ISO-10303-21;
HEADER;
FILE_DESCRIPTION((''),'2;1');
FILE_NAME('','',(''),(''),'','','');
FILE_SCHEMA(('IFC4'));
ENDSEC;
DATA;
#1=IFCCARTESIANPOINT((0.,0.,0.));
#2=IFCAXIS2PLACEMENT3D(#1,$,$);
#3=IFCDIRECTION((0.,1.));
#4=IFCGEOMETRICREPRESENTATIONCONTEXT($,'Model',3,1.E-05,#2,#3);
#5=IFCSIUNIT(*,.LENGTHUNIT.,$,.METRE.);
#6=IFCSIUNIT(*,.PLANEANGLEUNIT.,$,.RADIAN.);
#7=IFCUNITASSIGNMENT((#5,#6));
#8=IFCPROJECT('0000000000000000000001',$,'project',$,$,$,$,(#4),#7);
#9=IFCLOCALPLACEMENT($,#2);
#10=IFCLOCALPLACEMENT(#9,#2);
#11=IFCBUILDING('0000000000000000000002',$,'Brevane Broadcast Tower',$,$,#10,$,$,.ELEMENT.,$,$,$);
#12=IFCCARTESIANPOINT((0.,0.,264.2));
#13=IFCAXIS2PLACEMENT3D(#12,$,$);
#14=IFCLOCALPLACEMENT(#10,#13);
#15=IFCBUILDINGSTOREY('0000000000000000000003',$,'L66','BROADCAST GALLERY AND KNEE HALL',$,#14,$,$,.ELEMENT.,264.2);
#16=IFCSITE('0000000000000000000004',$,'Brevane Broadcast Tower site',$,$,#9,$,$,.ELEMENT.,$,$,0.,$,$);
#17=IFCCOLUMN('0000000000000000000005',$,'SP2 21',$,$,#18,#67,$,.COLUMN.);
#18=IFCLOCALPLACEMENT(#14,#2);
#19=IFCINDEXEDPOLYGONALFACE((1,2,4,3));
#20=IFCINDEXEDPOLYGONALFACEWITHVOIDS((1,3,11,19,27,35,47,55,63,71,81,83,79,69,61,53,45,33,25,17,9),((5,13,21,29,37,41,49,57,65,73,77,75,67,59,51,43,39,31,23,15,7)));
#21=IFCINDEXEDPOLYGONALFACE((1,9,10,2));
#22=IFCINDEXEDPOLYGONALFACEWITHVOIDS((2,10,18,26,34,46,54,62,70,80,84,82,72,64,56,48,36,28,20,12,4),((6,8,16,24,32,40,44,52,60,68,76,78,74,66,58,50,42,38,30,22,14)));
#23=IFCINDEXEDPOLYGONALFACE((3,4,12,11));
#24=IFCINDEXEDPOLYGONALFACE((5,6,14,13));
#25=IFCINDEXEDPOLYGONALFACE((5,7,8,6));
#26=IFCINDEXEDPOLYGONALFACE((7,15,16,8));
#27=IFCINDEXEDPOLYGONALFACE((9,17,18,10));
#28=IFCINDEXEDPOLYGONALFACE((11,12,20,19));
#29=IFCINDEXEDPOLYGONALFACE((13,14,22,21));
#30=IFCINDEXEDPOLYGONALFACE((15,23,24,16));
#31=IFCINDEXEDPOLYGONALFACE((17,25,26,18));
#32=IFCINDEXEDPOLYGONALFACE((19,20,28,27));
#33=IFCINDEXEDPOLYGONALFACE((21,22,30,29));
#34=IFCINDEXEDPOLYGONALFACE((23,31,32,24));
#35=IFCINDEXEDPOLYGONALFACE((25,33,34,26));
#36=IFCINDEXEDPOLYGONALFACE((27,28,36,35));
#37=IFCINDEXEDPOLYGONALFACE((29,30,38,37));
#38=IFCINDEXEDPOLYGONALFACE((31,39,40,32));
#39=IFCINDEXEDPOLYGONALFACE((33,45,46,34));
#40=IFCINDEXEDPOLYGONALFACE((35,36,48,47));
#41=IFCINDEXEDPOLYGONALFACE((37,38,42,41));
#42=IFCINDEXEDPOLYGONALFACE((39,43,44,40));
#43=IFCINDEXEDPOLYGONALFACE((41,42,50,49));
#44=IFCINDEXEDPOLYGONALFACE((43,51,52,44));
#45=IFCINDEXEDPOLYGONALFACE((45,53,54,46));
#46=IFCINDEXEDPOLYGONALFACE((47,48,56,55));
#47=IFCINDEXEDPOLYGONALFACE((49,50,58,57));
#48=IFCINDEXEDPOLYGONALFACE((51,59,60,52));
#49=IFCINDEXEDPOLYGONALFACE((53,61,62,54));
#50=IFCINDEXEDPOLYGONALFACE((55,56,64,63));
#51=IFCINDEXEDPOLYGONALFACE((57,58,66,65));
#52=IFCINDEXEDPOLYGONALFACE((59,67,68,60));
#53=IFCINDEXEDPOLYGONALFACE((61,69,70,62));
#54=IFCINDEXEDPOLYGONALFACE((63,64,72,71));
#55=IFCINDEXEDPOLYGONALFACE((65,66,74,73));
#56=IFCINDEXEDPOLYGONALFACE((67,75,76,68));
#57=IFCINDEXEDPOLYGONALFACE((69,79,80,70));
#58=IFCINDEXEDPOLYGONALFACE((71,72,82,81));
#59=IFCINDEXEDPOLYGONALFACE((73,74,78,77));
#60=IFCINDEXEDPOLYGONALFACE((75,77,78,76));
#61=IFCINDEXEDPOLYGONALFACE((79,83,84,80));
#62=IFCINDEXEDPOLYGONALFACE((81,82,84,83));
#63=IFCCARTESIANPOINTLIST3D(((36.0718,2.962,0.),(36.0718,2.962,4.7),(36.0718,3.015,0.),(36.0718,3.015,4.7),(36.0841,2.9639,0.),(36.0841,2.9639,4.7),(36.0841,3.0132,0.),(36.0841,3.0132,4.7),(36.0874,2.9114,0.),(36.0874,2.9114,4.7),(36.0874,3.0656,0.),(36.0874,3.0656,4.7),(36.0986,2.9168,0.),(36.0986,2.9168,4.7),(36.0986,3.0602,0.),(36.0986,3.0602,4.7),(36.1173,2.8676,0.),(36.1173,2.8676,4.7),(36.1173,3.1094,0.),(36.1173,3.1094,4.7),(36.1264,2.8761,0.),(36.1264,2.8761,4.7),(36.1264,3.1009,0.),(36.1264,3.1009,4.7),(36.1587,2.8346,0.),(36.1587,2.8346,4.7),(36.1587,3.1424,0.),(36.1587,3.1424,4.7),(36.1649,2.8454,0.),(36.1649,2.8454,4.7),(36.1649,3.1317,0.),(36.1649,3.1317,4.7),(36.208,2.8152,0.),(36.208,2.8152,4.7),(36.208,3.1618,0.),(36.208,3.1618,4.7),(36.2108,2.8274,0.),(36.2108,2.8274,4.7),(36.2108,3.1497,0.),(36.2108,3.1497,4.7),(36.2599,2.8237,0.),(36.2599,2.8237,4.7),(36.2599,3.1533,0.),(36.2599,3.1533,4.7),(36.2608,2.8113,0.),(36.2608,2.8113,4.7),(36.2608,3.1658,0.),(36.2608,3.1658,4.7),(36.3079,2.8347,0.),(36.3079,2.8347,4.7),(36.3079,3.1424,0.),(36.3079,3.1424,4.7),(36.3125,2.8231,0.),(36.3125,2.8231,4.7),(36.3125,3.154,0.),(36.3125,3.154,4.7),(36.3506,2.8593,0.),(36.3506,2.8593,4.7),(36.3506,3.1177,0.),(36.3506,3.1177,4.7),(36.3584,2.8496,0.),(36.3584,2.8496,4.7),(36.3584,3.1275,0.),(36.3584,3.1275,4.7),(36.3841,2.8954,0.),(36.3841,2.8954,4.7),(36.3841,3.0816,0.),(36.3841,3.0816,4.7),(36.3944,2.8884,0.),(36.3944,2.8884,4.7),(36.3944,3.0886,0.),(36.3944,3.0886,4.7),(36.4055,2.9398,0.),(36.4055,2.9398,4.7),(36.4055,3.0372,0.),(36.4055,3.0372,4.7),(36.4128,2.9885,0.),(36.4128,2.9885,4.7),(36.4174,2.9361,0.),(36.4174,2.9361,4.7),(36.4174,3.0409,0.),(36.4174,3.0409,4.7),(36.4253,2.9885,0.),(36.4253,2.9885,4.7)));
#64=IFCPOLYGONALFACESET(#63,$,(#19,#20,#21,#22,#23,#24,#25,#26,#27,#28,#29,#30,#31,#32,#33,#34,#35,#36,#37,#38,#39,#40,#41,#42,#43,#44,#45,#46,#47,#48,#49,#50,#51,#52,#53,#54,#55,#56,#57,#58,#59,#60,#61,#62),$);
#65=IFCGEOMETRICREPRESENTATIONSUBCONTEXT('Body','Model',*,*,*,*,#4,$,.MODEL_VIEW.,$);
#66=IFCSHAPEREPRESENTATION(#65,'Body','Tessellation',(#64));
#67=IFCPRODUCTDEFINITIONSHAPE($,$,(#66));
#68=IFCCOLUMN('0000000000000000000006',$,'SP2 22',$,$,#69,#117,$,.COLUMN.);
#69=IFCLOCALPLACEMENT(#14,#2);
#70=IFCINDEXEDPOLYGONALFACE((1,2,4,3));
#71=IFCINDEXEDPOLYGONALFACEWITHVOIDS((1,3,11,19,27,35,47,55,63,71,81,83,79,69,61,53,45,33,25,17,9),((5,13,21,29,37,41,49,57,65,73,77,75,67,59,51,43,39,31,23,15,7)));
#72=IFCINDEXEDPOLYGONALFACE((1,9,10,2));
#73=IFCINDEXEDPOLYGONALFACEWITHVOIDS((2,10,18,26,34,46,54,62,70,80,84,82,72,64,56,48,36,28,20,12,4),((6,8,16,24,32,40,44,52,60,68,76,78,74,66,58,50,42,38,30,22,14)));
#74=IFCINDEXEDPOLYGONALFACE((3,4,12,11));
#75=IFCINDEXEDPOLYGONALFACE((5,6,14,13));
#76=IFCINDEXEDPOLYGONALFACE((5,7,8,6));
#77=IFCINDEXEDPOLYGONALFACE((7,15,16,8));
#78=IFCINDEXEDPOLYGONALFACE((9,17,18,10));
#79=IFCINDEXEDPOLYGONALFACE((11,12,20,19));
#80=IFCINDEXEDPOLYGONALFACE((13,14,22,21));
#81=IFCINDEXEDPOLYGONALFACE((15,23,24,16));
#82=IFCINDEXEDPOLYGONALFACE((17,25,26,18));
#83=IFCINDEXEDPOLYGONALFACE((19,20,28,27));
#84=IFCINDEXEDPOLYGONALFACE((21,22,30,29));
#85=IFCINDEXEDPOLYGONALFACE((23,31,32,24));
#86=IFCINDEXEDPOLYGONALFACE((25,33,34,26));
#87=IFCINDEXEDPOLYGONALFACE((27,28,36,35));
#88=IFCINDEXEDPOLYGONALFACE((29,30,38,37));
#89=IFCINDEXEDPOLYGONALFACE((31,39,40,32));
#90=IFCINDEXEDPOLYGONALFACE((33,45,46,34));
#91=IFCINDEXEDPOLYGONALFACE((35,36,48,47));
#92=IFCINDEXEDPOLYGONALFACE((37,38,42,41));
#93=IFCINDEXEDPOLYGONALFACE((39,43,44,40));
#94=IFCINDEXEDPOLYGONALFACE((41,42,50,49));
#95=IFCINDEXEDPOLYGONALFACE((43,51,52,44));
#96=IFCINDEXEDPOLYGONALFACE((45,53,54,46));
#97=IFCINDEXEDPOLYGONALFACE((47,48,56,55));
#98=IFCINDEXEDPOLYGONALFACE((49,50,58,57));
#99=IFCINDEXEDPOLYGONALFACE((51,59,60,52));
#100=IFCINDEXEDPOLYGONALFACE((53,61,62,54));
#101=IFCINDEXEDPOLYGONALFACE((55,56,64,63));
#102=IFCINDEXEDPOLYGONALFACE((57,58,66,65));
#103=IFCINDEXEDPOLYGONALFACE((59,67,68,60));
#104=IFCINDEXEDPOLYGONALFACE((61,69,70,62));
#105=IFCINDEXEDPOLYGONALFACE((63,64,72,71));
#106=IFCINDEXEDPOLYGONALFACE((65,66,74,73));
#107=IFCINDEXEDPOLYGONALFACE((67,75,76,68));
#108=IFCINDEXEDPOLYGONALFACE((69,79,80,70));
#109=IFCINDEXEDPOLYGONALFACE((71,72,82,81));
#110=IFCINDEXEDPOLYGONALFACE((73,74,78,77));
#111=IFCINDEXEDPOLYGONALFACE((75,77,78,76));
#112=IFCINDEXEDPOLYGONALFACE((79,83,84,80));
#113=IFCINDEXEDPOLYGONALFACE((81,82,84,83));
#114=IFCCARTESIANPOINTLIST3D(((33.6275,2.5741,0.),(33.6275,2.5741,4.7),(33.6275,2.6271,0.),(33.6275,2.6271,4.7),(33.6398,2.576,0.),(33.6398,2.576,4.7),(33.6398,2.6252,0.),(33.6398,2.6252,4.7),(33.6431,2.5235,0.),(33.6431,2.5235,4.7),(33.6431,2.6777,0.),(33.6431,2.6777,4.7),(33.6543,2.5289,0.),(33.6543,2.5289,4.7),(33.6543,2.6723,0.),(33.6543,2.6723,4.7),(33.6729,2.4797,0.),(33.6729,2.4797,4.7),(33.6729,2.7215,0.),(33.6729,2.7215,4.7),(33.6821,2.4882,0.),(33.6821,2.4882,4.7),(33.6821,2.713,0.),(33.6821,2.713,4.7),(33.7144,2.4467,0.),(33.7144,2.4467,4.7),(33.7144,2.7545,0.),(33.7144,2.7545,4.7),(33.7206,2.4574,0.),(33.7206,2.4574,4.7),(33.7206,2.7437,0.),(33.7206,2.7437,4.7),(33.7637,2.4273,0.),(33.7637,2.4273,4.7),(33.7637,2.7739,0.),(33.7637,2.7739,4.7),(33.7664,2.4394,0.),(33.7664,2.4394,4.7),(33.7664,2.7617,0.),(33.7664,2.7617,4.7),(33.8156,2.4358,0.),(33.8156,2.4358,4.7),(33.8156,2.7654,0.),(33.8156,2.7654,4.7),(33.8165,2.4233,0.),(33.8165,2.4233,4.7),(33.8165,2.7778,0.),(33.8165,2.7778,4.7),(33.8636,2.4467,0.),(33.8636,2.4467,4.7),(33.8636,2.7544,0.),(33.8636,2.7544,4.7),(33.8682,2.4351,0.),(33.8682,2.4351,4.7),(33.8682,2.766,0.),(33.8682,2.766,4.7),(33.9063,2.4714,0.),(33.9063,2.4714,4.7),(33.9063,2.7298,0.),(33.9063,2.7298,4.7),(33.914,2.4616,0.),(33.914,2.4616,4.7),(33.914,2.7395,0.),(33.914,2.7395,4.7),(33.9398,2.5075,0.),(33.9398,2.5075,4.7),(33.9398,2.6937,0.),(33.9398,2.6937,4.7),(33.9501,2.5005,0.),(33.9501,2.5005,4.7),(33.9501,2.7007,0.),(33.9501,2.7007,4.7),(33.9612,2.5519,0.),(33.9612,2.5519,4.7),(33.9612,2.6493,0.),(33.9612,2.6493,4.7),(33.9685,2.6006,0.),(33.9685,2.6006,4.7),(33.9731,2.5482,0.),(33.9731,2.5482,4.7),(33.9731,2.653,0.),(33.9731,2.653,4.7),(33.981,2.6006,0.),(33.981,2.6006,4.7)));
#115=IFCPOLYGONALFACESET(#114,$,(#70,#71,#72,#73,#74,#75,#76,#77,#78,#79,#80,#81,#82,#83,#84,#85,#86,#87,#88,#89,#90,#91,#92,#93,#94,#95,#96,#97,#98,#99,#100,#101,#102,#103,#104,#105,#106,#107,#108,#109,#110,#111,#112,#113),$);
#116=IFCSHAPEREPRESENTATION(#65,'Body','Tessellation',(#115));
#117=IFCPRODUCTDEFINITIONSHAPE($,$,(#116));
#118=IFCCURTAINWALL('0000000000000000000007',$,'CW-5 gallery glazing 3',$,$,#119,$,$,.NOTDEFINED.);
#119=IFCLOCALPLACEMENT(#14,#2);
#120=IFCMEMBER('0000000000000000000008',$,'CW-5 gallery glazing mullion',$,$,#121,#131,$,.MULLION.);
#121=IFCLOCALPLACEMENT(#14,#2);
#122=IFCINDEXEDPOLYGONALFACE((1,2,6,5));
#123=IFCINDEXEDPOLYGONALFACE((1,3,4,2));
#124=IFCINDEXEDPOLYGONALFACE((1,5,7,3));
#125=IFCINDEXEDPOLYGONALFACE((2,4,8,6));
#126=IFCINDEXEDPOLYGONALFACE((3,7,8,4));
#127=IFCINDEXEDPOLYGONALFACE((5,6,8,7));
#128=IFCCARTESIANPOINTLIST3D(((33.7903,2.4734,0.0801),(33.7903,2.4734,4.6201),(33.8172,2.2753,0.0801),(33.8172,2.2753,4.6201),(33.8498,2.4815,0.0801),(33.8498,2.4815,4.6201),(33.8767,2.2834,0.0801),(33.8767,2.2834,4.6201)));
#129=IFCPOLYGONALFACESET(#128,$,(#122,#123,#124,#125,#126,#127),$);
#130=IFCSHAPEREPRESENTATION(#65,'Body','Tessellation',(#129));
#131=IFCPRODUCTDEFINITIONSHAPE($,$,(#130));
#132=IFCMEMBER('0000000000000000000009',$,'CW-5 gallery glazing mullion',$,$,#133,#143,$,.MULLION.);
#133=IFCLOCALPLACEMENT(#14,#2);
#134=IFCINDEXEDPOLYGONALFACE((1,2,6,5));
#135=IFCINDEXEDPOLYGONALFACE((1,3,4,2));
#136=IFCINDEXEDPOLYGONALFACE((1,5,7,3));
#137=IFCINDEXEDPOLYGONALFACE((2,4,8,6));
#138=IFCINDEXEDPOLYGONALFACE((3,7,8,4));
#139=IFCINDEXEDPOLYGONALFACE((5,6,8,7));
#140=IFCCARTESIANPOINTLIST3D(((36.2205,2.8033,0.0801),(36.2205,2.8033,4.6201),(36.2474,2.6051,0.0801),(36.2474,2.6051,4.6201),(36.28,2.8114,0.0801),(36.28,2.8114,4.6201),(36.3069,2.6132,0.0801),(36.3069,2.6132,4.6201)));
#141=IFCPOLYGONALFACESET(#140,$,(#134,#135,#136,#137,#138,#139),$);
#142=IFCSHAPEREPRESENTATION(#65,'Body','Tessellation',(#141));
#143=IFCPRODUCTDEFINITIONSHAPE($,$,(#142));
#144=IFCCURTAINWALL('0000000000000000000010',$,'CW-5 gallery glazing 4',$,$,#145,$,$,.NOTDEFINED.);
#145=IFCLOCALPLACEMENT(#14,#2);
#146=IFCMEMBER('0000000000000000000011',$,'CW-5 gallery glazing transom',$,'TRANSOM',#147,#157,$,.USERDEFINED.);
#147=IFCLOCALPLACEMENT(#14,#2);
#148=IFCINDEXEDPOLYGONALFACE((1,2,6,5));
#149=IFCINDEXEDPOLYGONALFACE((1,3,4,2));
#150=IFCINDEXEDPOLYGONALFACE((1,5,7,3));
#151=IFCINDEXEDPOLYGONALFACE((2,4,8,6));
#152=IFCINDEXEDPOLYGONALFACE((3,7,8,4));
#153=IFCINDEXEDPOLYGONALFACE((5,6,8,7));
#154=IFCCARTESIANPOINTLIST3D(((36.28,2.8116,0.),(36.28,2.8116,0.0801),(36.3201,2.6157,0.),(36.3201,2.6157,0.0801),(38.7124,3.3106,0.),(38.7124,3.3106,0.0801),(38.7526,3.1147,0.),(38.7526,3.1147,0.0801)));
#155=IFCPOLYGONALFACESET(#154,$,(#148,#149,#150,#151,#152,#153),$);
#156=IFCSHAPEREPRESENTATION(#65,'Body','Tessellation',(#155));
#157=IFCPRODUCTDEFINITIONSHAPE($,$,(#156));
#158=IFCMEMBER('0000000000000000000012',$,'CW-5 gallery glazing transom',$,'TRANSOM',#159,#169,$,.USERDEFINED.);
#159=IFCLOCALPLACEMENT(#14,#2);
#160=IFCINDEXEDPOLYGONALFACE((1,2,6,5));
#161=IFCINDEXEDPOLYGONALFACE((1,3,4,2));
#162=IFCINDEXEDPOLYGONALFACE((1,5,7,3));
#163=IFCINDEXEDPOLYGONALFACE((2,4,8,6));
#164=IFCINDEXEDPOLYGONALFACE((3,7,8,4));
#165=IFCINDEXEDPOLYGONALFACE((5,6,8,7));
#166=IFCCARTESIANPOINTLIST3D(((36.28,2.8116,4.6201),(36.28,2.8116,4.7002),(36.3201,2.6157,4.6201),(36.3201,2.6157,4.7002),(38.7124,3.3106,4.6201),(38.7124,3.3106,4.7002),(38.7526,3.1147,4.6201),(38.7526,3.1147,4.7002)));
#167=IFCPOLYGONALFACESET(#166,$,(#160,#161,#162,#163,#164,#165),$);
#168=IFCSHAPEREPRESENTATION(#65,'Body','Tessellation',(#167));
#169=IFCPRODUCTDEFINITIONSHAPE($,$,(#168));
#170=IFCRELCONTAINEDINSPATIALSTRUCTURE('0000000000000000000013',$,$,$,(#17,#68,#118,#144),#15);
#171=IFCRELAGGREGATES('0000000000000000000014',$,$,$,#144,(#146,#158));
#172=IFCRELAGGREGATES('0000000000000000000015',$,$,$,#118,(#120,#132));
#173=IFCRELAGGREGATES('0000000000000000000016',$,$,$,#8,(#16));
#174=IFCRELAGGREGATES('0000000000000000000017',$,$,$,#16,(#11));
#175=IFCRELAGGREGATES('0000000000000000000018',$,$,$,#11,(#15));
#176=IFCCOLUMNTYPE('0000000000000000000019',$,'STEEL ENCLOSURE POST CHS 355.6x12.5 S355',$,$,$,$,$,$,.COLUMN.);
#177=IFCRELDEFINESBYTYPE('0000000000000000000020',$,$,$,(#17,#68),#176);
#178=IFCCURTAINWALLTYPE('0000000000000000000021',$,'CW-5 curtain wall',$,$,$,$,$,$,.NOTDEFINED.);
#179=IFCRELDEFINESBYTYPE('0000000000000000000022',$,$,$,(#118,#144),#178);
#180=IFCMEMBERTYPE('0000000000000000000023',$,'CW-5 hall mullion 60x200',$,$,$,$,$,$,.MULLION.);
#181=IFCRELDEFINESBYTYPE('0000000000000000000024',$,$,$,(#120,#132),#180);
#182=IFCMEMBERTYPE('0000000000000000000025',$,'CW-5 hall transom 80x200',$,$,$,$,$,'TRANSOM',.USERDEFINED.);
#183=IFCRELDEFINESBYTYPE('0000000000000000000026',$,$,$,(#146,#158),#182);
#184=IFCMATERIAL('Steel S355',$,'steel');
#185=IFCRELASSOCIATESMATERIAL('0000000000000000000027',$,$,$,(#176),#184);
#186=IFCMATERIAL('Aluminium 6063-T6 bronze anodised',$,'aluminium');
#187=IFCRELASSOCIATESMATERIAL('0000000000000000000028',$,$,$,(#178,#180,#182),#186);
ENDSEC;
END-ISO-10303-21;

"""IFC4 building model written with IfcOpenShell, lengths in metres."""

from ifc_helpers import new_model, si_unit, direction, frame, origin, origin_2d, place, context, subcontext, project, spatial, rectangle, hollow_circle, extrude, material, material_profile, profile_set, type_object, element, aggregate, save


model = new_model("IFC4")

# Units and contexts
model_context = context("Model", 3, precision=1e-05, world=origin(), true_north=direction((0.0, 1.0)))
body_context = subcontext(model_context, "Body", "Model", "MODEL_VIEW")
ifc_project = project(units=[si_unit("LENGTHUNIT", "METRE"), si_unit("PLANEANGLEUNIT", "RADIAN")], contexts=[model_context])

# Site, building, storey
site_placement = place(None, origin())
site = spatial("IfcSite", under=ifc_project, at=site_placement, Name="Brevane Broadcast Tower site", CompositionType="ELEMENT", RefElevation=0.0)
building_placement = place(site_placement, origin())
building = spatial("IfcBuilding", under=site, at=building_placement, Name="Brevane Broadcast Tower", CompositionType="ELEMENT")
storey_placement = place(building_placement, frame((0.0, 0.0, 264.2)))
storey = spatial("IfcBuildingStorey", under=building, at=storey_placement, Name="L66", Description="BROADCAST GALLERY AND KNEE HALL", CompositionType="ELEMENT", Elevation=264.2)

# Columns
ifc_material_1 = material(Name="Steel S355", Category="steel")
ifc_material_profile_1 = material_profile(ifc_material_1, hollow_circle(Radius=0.1777, WallThickness=0.0125, at=origin_2d()), Name="CHS 355.6x12.5")
ifc_profile_set_1 = profile_set([ifc_material_profile_1], Name="Steel S355")
column_type = type_object("IfcColumnType", Name="STEEL ENCLOSURE POST CHS 355.6x12.5 S355", PredefinedType="COLUMN", material=ifc_profile_set_1)
for number, where, z_axis, x_axis, name in (
    (1, (36.2476, 2.9885, 0.0), (0.0, 0.0, 1.0), (1.0, 0.0, 0.0), "SP2 21"),
    (2, (33.8032, 2.6006, 0.0), (0.0, 0.0, 1.0), (1.0, 0.0, 0.0), "SP2 22"),
):
    element("IfcColumn", number, at=place(storey_placement, frame(where, z_axis=z_axis, x_axis=x_axis)), inside=storey, type_object=column_type, Name=name, PredefinedType="COLUMN", context=body_context, shape_type="SweptSolid", body=[
        extrude(hollow_circle(Radius=0.1777, WallThickness=0.0125, at=origin_2d()), origin(), (0.0, 0.0, 1.0), 4.7),
    ])

# Curtain walls, members
ifc_material_2 = material(Name="Aluminium 6063-T6 bronze anodised", Category="aluminium")
curtain_wall_type = type_object("IfcCurtainWallType", Name="CW-5 curtain wall", PredefinedType="NOTDEFINED", material=ifc_material_2)
curtain_wall_1_placement = place(storey_placement, origin())
curtain_wall_1 = element("IfcCurtainWall", 3, at=curtain_wall_1_placement, inside=storey, type_object=curtain_wall_type, Name="CW-5 gallery glazing 3", PredefinedType="NOTDEFINED")
ifc_material_profile_2 = material_profile(ifc_material_2, rectangle(XDim=0.2, YDim=0.0601, at=origin_2d()), Name="RECT 60x200")
ifc_profile_set_2 = profile_set([ifc_material_profile_2], Name="Aluminium 6063-T6 bronze anodised")
member_type_1 = type_object("IfcMemberType", Name="CW-5 hall mullion 60x200", PredefinedType="MULLION", material=ifc_profile_set_2)
member_1_placement = place(storey_placement, frame((33.8335, 2.3784, 0.0801), z_axis=(0.0, 0.0, 1.0), x_axis=(-0.13452, 0.990911, 0.0)))
member_1 = element("IfcMember", 4, at=member_1_placement, type_object=member_type_1, Name="CW-5 gallery glazing mullion", PredefinedType="MULLION", context=body_context, shape_type="SweptSolid", body=[
    extrude(rectangle(XDim=0.2, YDim=0.0601, at=origin_2d()), origin(), (0.0, 0.0, 1.0), 4.54),
])
member_2_placement = place(storey_placement, frame((36.2637, 2.7083, 0.0801), z_axis=(0.0, 0.0, 1.0), x_axis=(-0.13452, 0.990911, 0.0)))
member_2 = element("IfcMember", 5, at=member_2_placement, type_object=member_type_1, Name="CW-5 gallery glazing mullion", PredefinedType="MULLION", context=body_context, shape_type="SweptSolid", body=[
    extrude(rectangle(XDim=0.2, YDim=0.0601, at=origin_2d()), origin(), (0.0, 0.0, 1.0), 4.54),
])
curtain_wall_2_placement = place(storey_placement, origin())
curtain_wall_2 = element("IfcCurtainWall", 6, at=curtain_wall_2_placement, inside=storey, type_object=curtain_wall_type, Name="CW-5 gallery glazing 4", PredefinedType="NOTDEFINED")
ifc_material_profile_3 = material_profile(ifc_material_2, rectangle(XDim=0.2, YDim=0.0801, at=origin_2d()), Name="RECT 80x200")
ifc_profile_set_3 = profile_set([ifc_material_profile_3], Name="Aluminium 6063-T6 bronze anodised")
member_type_2 = type_object("IfcMemberType", Name="CW-5 hall transom 80x200", ElementType="TRANSOM", PredefinedType="USERDEFINED", material=ifc_profile_set_3)
member_3_placement = place(storey_placement, frame((36.3, 2.7136, 0.04), z_axis=(0.979597, 0.200973, 0.0), x_axis=(-0.200973, 0.979597, 0.0)))
member_3 = element("IfcMember", 7, at=member_3_placement, type_object=member_type_2, Name="CW-5 gallery glazing transom", ObjectType="TRANSOM", PredefinedType="USERDEFINED", context=body_context, shape_type="SweptSolid", body=[
    extrude(rectangle(XDim=0.2, YDim=0.0801, at=origin_2d()), origin(), (0.0, 0.0, 1.0), 2.4832),
])
member_4_placement = place(storey_placement, frame((36.3, 2.7136, 4.6602), z_axis=(0.979597, 0.200973, 0.0), x_axis=(-0.200973, 0.979597, 0.0)))
member_4 = element("IfcMember", 8, at=member_4_placement, type_object=member_type_2, Name="CW-5 gallery glazing transom", ObjectType="TRANSOM", PredefinedType="USERDEFINED", context=body_context, shape_type="SweptSolid", body=[
    extrude(rectangle(XDim=0.2, YDim=0.0801, at=origin_2d()), origin(), (0.0, 0.0, 1.0), 2.4832),
])
aggregate(curtain_wall_2, [member_3, member_4])

aggregate(curtain_wall_1, [member_1, member_2])

save(model, "model.ifc")
